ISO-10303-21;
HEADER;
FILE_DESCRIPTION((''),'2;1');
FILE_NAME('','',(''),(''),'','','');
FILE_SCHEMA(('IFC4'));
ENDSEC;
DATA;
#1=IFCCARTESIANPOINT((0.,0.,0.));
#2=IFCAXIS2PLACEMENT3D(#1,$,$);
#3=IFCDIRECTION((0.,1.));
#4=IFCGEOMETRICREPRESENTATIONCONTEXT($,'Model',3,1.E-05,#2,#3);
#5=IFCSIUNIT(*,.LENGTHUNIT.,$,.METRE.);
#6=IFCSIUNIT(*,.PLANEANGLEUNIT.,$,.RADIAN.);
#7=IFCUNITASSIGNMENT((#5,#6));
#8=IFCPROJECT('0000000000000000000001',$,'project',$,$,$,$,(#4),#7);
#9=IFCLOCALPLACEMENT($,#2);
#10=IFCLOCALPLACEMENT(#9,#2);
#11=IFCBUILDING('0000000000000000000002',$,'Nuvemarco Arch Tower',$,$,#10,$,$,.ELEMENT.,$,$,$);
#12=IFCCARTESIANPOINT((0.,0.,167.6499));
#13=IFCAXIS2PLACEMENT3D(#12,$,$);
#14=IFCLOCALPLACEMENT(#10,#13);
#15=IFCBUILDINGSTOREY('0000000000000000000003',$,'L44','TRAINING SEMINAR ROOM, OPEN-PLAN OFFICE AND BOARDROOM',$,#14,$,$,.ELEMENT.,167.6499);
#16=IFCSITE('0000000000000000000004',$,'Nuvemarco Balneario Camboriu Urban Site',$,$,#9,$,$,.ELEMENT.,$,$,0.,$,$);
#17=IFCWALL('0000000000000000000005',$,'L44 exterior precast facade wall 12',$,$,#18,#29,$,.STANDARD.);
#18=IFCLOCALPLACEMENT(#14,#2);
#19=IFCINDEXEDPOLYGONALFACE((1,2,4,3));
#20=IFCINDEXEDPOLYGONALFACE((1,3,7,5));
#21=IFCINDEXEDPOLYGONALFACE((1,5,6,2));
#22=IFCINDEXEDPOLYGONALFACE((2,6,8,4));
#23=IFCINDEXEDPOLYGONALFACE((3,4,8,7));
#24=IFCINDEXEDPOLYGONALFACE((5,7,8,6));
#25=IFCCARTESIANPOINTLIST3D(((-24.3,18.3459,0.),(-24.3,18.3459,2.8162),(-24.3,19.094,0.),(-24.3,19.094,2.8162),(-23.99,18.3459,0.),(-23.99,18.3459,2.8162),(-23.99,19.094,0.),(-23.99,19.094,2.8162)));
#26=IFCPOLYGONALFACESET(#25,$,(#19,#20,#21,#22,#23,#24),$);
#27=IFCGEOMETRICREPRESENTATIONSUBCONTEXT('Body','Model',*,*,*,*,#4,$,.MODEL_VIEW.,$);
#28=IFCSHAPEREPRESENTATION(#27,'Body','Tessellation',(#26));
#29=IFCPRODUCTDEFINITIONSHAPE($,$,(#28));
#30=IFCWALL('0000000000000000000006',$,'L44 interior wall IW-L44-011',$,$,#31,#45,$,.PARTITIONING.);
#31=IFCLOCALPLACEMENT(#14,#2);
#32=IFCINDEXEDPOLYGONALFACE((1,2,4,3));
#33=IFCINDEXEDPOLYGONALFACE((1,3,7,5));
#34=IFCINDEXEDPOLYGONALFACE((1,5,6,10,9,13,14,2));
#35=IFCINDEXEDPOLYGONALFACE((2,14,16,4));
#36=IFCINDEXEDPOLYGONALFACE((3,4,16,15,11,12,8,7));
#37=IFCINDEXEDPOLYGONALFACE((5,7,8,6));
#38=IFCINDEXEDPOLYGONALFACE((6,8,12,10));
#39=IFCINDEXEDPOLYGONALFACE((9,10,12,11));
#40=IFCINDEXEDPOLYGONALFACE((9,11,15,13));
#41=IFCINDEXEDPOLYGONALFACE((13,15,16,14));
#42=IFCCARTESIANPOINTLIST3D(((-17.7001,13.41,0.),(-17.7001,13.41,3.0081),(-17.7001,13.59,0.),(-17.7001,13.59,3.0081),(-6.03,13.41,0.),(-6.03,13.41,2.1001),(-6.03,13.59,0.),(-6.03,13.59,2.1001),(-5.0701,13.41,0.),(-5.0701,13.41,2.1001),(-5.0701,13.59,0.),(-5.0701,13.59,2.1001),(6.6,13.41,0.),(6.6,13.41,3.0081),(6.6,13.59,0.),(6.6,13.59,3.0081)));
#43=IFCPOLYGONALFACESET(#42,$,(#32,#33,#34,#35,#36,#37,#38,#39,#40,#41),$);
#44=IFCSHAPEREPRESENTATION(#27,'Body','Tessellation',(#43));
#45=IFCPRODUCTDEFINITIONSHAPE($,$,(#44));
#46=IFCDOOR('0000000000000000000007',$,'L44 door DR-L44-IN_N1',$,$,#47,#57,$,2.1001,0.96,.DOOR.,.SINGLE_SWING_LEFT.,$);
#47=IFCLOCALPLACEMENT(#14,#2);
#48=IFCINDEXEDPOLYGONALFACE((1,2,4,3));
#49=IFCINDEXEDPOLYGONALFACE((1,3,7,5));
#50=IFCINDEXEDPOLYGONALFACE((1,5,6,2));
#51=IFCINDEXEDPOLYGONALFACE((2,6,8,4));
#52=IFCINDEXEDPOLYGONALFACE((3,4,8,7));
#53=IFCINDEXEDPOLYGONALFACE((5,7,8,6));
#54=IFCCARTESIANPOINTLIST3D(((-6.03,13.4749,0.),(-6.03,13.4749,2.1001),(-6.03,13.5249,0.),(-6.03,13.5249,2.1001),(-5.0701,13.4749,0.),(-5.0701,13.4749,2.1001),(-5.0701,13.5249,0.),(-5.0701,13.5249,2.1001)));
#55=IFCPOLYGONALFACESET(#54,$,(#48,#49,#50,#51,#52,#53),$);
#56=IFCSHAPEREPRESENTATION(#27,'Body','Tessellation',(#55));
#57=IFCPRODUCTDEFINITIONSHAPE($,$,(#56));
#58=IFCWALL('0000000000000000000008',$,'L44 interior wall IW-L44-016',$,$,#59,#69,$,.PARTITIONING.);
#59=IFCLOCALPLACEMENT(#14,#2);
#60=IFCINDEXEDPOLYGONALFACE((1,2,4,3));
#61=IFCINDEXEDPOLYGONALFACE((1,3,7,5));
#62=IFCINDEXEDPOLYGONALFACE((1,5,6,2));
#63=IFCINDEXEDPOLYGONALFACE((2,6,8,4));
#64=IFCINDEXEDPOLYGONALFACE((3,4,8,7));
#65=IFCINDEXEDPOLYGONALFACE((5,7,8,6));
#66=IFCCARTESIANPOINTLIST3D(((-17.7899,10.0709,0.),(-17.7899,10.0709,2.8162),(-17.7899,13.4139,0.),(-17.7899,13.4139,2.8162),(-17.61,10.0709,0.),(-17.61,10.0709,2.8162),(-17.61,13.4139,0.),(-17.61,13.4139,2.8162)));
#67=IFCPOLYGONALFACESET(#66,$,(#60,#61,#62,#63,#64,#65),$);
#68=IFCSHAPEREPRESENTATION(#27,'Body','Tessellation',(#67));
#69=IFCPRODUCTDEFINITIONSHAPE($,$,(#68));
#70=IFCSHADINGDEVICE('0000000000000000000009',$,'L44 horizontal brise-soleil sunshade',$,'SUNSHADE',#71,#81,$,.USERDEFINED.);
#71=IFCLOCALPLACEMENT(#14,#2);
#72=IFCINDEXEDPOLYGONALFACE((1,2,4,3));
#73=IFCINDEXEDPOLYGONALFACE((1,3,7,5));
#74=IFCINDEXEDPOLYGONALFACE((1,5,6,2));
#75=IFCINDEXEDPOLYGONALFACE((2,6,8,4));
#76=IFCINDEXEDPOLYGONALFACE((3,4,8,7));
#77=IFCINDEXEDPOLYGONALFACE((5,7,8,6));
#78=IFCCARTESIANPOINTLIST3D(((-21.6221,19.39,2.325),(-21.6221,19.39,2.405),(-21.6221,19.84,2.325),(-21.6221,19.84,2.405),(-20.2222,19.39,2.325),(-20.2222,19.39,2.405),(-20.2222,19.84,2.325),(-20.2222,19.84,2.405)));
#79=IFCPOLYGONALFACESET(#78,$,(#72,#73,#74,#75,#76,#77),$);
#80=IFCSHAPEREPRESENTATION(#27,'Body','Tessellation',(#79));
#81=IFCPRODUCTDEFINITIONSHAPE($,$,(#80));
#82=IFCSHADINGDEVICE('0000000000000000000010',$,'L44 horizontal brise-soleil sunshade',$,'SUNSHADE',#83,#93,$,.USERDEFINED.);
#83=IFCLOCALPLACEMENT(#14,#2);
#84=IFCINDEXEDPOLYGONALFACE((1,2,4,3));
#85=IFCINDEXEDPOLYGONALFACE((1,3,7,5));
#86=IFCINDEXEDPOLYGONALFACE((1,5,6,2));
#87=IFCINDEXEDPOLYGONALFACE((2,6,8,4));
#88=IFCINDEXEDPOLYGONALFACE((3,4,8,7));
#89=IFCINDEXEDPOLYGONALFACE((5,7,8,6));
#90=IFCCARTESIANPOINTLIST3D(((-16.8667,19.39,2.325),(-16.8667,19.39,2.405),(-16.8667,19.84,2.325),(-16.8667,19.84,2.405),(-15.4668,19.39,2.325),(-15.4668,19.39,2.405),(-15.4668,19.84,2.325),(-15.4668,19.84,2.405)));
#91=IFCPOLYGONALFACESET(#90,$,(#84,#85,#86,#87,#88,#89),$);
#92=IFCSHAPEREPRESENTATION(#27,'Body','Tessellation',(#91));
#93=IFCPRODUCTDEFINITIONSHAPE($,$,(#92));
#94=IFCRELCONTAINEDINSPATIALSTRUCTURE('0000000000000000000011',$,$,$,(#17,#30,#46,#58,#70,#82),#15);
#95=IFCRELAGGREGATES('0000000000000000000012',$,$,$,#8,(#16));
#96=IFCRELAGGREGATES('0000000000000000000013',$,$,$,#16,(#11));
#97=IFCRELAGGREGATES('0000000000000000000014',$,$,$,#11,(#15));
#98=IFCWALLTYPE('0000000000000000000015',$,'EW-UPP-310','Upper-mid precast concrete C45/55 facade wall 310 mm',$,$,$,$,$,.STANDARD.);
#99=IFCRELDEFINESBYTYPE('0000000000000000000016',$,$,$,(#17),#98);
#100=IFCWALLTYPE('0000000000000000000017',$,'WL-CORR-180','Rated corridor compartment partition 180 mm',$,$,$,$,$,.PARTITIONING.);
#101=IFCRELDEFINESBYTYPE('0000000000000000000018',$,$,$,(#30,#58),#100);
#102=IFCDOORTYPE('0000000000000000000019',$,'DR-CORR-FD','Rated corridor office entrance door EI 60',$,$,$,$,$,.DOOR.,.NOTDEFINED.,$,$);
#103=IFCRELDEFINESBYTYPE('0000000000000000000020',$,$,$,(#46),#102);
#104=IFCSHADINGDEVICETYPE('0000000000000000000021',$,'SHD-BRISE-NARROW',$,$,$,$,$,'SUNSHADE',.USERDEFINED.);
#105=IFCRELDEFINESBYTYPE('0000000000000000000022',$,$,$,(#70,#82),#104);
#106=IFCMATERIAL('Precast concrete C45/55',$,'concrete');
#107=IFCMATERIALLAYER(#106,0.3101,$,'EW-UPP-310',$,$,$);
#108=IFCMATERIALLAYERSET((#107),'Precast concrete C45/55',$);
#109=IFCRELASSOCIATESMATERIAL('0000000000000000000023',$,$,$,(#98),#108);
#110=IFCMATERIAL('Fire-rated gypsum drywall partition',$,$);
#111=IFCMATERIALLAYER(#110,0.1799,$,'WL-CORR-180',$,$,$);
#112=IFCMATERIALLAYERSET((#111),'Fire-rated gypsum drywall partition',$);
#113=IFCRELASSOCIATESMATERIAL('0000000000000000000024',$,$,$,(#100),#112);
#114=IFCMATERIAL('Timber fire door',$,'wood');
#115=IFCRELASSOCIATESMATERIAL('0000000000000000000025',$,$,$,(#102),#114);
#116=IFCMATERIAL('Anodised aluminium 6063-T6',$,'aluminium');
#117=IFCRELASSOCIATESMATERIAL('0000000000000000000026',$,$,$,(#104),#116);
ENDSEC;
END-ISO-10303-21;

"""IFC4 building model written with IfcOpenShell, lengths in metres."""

from ifc_helpers import new_model, si_unit, direction, frame, frame_2d, origin, origin_2d, place, context, subcontext, project, spatial, rectangle, extrude, source, transform, mapped, material, layer, layer_set, type_object, type_shapes, element, fill, save


model = new_model("IFC4")

# Units and contexts
model_context = context("Model", 3, precision=1e-05, world=origin(), true_north=direction((0.0, 1.0)))
body_context = subcontext(model_context, "Body", "Model", "MODEL_VIEW")
ifc_project = project(units=[si_unit("LENGTHUNIT", "METRE"), si_unit("PLANEANGLEUNIT", "RADIAN")], contexts=[model_context])

# Site, building, storey
site_placement = place(None, origin())
site = spatial("IfcSite", under=ifc_project, at=site_placement, Name="Nuvemarco Balneario Camboriu Urban Site", CompositionType="ELEMENT", RefElevation=0.0)
building_placement = place(site_placement, origin())
building = spatial("IfcBuilding", under=site, at=building_placement, Name="Nuvemarco Arch Tower", CompositionType="ELEMENT")
storey_placement = place(building_placement, frame((0.0, 0.0, 167.6499)))
storey = spatial("IfcBuildingStorey", under=building, at=storey_placement, Name="L44", Description="TRAINING SEMINAR ROOM, OPEN-PLAN OFFICE AND BOARDROOM", CompositionType="ELEMENT", Elevation=167.6499)

# Wall
ifc_material_1 = material(Name="Precast concrete C45/55", Category="concrete")
ifc_layer_1 = layer(ifc_material_1, 0.3101, Name="EW-UPP-310")
ifc_layer_set_1 = layer_set([ifc_layer_1], Name="Precast concrete C45/55")
wall_type_1 = type_object("IfcWallType", Name="EW-UPP-310", Description="Upper-mid precast concrete C45/55 facade wall 310 mm", PredefinedType="STANDARD", material=ifc_layer_set_1)
wall_1_placement = place(storey_placement, frame((-24.145, 18.3459, 0.0), z_axis=(0.0, 0.0, 1.0), x_axis=(0.0, 1.0, 0.0)))
element("IfcWall", 1, at=wall_1_placement, inside=storey, type_object=wall_type_1, Name="L44 exterior precast facade wall 12", PredefinedType="STANDARD", context=body_context, shape_type="SweptSolid", body=[
    extrude(rectangle(XDim=0.748, YDim=0.3101, at=frame_2d((0.374, 0.0))), origin(), (0.0, 0.0, 1.0), 2.8162),
])

# Wall, opening, door
ifc_material_2 = material(Name="Fire-rated gypsum drywall partition")
ifc_layer_2 = layer(ifc_material_2, 0.1799, Name="WL-CORR-180")
ifc_layer_set_2 = layer_set([ifc_layer_2], Name="Fire-rated gypsum drywall partition")
wall_type_2 = type_object("IfcWallType", Name="WL-CORR-180", Description="Rated corridor compartment partition 180 mm", PredefinedType="PARTITIONING", material=ifc_layer_set_2)
wall_2_placement = place(storey_placement, frame((-17.7, 13.5, 0.0), z_axis=(0.0, 0.0, 1.0), x_axis=(1.0, 0.0, 0.0)))
wall_2 = element("IfcWall", 2, at=wall_2_placement, inside=storey, type_object=wall_type_2, Name="L44 interior wall IW-L44-011", PredefinedType="PARTITIONING", context=body_context, shape_type="SweptSolid", body=[
    extrude(rectangle(XDim=24.3, YDim=0.1799, at=frame_2d((12.1499, 0.0))), origin(), (0.0, 0.0, 1.0), 3.0081),
])
opening_placement = place(wall_2_placement, frame((11.6699, 0.0, 0.0)))
opening = element("IfcOpeningElement", 3, at=opening_placement, cuts=wall_2, PredefinedType="OPENING", context=body_context, shape_type="SweptSolid", body=[
    extrude(rectangle(XDim=0.96, YDim=2.1001, at=frame_2d((0.48, 1.05))), frame((0.0, 0.0999, 0.0), z_axis=(0.0, -1.0, 0.0), x_axis=(1.0, 0.0, 0.0)), (0.0, 0.0, 1.0), 0.2),
])
ifc_material_3 = material(Name="Timber fire door", Category="wood")
door_type = type_object("IfcDoorType", Name="DR-CORR-FD", Description="Rated corridor office entrance door EI 60", OperationType="NOTDEFINED", PredefinedType="DOOR", material=ifc_material_3)
shared_shape_1 = source(origin(), body_context, "Body", "SweptSolid", [
    extrude(rectangle(XDim=0.96, YDim=2.1001, at=frame_2d((0.48, 1.05))), frame((0.0, 0.0249, 0.0), z_axis=(0.0, -1.0, 0.0), x_axis=(1.0, 0.0, 0.0)), (0.0, 0.0, 1.0), 0.05),
])
type_shapes(door_type, [shared_shape_1])
door_placement = place(opening_placement, origin())
door = element("IfcDoor", 4, at=door_placement, inside=storey, type_object=door_type, Name="L44 door DR-L44-IN_N1", OperationType="SINGLE_SWING_LEFT", OverallHeight=2.1001, OverallWidth=0.96, PredefinedType="DOOR", context=body_context, shape_type="MappedRepresentation", body=[
    mapped(shared_shape_1, transform((0.0, 0.0, 0.0), scale=1.0)),
])
fill(opening, door)

# Wall
wall_3_placement = place(storey_placement, frame((-17.7, 10.071, 0.0), z_axis=(0.0, 0.0, 1.0), x_axis=(0.0, 1.0, 0.0)))
element("IfcWall", 5, at=wall_3_placement, inside=storey, type_object=wall_type_2, Name="L44 interior wall IW-L44-016", PredefinedType="PARTITIONING", context=body_context, shape_type="SweptSolid", body=[
    extrude(rectangle(XDim=3.343, YDim=0.1799, at=frame_2d((1.6714, 0.0))), origin(), (0.0, 0.0, 1.0), 2.8162),
])

# Shading devices
ifc_material_4 = material(Name="Anodised aluminium 6063-T6", Category="aluminium")
shading_device_type = type_object("IfcShadingDeviceType", Name="SHD-BRISE-NARROW", ElementType="SUNSHADE", PredefinedType="USERDEFINED", material=ifc_material_4)
shared_shape_2 = source(origin(), body_context, "Body", "SweptSolid", [
    extrude(rectangle(XDim=1.3999, YDim=0.45, at=origin_2d()), origin(), (0.0, 0.0, 1.0), 0.0801),
])
type_shapes(shading_device_type, [shared_shape_2])
for number, where, z_axis, x_axis, name in (
    (6, (-20.9221, 19.615, 2.325), (0.0, 0.0, 1.0), (1.0, 0.0, 0.0), "L44 horizontal brise-soleil sunshade"),
    (7, (-16.1667, 19.615, 2.325), (0.0, 0.0, 1.0), (1.0, 0.0, 0.0), "L44 horizontal brise-soleil sunshade"),
):
    element("IfcShadingDevice", number, at=place(storey_placement, frame(where, z_axis=z_axis, x_axis=x_axis)), inside=storey, type_object=shading_device_type, Name=name, ObjectType="SUNSHADE", PredefinedType="USERDEFINED", context=body_context, shape_type="MappedRepresentation", body=[
        mapped(shared_shape_2, transform((0.0, 0.0, 0.0), scale=1.0)),
    ])

save(model, "model.ifc")
